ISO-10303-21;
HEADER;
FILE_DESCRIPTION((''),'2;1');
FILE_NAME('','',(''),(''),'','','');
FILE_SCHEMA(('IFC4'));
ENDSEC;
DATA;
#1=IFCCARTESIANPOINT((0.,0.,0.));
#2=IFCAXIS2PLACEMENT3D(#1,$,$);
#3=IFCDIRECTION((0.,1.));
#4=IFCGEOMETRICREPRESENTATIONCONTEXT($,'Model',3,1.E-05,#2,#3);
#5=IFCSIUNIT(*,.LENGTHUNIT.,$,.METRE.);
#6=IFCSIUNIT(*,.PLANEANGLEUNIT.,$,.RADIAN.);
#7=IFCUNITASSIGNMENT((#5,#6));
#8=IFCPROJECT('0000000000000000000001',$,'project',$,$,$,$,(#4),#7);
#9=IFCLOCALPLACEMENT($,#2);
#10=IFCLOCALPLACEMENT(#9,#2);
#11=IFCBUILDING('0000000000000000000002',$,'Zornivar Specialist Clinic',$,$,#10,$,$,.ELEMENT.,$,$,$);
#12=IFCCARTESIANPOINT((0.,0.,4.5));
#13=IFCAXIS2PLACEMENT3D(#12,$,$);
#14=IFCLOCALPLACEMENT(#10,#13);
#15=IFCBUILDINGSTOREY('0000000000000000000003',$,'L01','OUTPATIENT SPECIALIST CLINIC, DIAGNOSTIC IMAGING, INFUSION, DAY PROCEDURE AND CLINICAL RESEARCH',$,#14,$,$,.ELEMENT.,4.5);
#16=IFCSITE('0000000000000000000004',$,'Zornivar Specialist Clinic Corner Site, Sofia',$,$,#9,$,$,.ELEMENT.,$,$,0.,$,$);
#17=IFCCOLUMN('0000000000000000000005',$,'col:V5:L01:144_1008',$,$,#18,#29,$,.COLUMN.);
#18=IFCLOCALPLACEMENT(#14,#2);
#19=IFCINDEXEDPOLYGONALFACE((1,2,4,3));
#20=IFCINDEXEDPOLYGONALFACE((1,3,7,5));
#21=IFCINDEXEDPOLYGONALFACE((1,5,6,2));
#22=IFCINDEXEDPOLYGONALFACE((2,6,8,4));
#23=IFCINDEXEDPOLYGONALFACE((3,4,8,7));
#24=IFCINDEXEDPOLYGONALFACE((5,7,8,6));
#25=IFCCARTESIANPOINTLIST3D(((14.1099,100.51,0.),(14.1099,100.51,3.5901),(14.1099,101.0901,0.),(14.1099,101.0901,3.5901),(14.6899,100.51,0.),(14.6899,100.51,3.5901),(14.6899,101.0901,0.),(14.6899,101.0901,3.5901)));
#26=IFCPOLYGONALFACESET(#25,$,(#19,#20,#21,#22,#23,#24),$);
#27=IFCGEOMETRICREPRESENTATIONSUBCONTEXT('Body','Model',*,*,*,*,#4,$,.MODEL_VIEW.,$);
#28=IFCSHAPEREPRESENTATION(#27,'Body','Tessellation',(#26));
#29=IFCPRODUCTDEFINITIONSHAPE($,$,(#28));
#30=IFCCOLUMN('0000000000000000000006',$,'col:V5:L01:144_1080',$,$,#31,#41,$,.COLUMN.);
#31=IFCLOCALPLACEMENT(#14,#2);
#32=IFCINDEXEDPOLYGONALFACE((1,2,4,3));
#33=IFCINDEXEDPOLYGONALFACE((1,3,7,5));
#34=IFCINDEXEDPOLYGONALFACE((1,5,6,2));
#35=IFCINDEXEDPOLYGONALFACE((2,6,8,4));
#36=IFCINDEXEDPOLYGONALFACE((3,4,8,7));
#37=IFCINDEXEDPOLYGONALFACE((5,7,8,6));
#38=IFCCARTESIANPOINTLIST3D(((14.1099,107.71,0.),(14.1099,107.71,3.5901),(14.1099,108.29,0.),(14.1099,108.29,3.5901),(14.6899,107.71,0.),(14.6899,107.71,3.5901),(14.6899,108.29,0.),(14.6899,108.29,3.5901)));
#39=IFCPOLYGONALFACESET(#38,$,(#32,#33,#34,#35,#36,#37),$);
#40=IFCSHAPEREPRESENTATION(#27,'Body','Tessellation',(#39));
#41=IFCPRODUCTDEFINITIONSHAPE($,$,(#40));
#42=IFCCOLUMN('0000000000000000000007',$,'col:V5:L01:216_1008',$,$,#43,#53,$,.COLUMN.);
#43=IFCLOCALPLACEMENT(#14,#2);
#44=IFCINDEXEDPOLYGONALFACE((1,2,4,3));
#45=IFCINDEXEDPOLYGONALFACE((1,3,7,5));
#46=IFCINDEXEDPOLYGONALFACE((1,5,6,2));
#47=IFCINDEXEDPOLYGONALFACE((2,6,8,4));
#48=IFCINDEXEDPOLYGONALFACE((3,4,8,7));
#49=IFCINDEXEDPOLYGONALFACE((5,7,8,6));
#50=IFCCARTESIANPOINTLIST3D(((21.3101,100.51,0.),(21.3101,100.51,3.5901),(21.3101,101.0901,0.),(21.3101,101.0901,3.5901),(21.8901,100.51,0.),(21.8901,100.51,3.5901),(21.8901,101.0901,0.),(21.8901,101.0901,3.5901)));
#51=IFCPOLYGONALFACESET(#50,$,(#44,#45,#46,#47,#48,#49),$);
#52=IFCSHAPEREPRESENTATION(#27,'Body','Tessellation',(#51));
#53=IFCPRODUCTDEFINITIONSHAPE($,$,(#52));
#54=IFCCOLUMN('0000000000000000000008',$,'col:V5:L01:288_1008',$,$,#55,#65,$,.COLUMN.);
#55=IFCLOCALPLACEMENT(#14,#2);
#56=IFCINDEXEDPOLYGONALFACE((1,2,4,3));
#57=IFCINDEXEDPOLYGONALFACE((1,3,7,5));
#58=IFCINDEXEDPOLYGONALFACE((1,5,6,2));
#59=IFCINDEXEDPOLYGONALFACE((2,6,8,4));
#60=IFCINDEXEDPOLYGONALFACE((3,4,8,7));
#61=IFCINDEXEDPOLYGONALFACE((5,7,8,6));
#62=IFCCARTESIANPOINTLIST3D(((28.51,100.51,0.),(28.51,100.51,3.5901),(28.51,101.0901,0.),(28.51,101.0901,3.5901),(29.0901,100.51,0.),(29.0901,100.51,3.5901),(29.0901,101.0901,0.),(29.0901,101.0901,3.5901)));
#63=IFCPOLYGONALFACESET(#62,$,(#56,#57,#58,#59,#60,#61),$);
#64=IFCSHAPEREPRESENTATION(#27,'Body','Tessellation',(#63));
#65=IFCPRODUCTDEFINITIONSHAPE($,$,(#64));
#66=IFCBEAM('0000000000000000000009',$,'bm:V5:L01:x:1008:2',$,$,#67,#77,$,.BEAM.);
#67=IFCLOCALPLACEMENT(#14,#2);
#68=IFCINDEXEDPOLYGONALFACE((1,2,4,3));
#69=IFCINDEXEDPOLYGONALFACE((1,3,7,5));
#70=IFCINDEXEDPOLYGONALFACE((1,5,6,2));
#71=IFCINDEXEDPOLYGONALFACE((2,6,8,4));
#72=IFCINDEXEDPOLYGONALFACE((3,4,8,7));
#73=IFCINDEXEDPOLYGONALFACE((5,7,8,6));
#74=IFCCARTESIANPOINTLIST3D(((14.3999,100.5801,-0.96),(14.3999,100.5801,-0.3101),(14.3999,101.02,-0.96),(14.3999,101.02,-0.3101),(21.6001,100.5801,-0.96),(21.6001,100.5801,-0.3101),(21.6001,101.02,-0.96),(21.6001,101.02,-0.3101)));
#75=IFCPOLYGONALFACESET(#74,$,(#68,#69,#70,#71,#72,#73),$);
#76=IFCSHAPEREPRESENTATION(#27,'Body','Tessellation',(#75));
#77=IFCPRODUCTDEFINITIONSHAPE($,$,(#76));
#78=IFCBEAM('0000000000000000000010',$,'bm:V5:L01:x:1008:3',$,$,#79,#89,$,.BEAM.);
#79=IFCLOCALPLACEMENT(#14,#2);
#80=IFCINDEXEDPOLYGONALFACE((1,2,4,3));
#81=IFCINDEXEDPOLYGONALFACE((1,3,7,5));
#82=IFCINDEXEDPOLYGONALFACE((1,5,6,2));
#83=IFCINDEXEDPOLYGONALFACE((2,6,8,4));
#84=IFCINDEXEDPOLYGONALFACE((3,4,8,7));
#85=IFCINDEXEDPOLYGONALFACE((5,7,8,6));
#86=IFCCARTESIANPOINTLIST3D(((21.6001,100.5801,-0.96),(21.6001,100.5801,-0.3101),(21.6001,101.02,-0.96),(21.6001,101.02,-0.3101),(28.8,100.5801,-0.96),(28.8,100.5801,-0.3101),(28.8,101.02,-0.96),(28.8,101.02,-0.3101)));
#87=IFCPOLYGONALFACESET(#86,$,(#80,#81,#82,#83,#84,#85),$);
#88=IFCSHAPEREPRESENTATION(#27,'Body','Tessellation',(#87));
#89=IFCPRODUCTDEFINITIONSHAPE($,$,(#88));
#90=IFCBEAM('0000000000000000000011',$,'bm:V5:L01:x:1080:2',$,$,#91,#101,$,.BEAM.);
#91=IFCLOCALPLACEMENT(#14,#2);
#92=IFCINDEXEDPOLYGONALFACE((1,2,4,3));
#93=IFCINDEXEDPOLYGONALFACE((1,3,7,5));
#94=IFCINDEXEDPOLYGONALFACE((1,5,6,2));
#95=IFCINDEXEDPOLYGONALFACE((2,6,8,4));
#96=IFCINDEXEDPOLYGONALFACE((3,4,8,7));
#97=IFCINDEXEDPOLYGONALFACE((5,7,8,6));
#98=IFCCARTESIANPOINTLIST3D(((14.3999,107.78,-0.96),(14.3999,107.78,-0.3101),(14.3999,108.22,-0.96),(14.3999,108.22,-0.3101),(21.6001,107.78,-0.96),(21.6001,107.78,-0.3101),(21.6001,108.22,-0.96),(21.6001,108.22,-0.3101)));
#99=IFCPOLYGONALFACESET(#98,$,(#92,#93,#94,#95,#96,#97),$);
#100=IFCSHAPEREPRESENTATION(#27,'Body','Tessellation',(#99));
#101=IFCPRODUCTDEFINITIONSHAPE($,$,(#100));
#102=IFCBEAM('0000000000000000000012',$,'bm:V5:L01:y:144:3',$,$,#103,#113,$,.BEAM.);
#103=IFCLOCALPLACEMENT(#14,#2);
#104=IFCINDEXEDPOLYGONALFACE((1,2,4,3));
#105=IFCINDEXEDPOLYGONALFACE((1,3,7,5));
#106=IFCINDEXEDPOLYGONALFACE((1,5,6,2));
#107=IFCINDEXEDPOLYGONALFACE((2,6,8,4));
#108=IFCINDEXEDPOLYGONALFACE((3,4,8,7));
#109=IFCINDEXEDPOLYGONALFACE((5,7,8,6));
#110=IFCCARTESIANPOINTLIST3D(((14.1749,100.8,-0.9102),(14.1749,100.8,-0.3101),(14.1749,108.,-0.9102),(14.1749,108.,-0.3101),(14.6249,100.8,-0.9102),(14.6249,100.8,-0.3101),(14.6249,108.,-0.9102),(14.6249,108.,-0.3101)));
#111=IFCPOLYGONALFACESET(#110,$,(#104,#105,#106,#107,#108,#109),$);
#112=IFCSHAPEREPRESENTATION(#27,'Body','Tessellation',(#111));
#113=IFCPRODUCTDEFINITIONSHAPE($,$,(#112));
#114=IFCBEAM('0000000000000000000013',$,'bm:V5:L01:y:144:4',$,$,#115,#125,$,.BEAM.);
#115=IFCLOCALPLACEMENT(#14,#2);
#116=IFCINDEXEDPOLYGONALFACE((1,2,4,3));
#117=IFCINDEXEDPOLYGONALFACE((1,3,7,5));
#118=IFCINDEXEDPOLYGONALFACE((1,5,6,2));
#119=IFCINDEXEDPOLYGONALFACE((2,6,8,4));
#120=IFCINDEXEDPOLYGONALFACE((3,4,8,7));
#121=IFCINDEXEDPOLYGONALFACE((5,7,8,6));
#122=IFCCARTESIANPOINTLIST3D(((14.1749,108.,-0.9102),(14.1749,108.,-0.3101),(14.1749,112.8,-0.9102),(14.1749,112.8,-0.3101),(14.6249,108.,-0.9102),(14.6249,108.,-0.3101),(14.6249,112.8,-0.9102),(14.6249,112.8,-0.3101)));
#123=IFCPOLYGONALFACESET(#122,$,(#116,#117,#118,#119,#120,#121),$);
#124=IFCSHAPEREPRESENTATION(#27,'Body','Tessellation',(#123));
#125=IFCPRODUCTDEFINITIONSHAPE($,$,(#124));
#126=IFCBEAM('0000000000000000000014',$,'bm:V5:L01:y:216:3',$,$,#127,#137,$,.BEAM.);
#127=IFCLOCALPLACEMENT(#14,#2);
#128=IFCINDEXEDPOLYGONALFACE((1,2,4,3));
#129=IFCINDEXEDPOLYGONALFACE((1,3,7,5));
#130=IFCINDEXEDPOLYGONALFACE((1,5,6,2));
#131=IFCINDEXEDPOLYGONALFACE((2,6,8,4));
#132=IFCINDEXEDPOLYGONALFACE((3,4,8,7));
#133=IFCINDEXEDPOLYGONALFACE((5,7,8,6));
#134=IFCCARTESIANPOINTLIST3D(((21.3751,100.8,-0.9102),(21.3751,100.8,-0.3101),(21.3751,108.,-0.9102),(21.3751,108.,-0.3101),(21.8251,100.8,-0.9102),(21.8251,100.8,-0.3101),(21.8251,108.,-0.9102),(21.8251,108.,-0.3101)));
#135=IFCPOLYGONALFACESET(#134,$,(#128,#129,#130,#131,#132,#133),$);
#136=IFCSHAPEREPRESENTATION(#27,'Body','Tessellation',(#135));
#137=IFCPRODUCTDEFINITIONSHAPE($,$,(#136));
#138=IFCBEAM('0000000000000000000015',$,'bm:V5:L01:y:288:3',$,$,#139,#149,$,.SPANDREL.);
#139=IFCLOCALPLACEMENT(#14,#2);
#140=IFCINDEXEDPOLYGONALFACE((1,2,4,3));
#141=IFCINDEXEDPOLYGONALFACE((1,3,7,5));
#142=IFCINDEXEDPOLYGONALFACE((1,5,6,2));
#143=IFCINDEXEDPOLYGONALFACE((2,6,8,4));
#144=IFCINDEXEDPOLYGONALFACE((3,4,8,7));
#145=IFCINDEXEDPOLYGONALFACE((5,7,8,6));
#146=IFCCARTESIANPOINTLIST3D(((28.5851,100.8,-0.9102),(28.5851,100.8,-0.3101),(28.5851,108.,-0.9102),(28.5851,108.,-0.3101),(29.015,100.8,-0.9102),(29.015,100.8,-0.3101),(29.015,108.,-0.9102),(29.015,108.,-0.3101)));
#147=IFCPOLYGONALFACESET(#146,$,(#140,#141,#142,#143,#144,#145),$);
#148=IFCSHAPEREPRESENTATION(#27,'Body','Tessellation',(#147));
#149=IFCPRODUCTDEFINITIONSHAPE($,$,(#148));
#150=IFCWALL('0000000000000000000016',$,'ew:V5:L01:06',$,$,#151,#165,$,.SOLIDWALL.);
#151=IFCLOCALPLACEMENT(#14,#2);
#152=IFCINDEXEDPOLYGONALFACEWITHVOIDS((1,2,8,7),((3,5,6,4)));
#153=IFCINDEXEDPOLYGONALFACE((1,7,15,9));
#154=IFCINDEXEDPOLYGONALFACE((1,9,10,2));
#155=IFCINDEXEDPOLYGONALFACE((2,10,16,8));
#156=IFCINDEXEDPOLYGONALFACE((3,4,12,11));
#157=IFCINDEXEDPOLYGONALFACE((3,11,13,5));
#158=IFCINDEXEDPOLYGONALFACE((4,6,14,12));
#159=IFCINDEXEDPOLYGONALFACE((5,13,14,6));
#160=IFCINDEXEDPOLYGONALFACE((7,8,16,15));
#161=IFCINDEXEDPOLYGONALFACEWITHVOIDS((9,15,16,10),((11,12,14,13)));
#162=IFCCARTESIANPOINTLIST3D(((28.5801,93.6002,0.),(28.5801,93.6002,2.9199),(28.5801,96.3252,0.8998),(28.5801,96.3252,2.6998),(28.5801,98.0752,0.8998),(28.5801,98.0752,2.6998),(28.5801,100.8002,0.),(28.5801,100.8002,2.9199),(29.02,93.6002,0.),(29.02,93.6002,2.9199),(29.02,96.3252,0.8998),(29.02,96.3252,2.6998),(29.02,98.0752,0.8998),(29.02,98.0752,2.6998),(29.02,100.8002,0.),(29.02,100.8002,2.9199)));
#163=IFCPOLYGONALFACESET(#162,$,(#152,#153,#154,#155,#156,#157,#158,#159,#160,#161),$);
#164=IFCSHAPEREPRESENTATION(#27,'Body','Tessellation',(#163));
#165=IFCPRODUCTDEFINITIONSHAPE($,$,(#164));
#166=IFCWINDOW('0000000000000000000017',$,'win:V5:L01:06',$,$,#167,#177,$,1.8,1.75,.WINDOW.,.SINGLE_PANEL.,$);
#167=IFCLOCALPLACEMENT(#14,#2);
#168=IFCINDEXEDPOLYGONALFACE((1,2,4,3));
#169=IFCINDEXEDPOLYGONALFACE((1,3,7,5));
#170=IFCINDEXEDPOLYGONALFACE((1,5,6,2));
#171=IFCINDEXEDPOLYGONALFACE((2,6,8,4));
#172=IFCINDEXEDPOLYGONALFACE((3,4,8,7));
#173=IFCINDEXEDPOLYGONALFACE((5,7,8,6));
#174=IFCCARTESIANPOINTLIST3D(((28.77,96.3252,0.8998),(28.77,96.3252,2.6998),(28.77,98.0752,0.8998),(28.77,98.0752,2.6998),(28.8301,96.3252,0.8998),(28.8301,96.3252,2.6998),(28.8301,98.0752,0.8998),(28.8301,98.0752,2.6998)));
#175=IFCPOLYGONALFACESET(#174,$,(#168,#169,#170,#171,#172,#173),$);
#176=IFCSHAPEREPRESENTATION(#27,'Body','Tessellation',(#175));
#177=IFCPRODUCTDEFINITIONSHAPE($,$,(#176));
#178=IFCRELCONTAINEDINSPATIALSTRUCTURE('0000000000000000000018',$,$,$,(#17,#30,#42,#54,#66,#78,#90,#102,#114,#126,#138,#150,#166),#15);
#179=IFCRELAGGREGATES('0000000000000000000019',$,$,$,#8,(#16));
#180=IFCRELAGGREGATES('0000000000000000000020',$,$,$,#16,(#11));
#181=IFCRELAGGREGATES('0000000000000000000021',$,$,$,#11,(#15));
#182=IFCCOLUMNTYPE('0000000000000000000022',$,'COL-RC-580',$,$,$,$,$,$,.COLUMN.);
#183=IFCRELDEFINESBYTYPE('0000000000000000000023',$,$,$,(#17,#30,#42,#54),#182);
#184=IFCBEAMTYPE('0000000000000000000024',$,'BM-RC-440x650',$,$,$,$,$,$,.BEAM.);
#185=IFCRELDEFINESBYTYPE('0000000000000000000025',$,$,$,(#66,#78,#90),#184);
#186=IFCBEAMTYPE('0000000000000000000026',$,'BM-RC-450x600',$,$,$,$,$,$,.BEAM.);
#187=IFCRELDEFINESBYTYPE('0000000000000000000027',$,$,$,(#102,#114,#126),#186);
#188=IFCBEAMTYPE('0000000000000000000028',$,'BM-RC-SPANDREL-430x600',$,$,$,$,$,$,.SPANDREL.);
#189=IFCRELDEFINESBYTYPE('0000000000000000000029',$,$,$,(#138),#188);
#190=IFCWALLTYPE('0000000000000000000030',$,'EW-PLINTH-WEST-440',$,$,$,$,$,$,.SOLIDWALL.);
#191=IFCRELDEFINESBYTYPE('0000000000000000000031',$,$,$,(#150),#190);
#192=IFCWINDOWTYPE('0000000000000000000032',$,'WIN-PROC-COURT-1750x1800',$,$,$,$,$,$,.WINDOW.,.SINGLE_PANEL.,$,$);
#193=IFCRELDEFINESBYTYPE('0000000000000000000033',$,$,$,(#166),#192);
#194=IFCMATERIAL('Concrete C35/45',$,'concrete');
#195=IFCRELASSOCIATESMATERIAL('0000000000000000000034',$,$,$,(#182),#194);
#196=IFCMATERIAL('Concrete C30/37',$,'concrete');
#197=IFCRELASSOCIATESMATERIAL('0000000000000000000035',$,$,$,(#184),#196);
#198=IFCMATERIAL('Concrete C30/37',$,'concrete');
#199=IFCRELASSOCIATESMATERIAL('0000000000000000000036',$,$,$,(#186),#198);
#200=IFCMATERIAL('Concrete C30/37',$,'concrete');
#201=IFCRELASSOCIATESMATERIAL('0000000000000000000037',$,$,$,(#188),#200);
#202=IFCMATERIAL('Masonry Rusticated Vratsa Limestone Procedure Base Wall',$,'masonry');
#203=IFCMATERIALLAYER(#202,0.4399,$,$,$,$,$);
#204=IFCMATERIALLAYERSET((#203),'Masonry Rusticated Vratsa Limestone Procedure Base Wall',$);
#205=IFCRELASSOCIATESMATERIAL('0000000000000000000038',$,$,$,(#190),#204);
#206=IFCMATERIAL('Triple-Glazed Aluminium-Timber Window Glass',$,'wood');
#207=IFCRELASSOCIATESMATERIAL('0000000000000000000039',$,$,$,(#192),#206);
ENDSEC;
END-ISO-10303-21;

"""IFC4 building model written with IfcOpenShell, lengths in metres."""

from ifc_helpers import new_model, si_unit, direction, frame, frame_2d, origin, origin_2d, place, context, subcontext, project, spatial, rectangle, extrude, material, layer, layer_set, material_profile, profile_set, type_object, element, fill, save


model = new_model("IFC4")

# Units and contexts
model_context = context("Model", 3, precision=1e-05, world=origin(), true_north=direction((0.0, 1.0)))
body_context = subcontext(model_context, "Body", "Model", "MODEL_VIEW")
ifc_project = project(units=[si_unit("LENGTHUNIT", "METRE"), si_unit("PLANEANGLEUNIT", "RADIAN")], contexts=[model_context])

# Site, building, storey
site_placement = place(None, origin())
site = spatial("IfcSite", under=ifc_project, at=site_placement, Name="Zornivar Specialist Clinic Corner Site, Sofia", CompositionType="ELEMENT", RefElevation=0.0)
building_placement = place(site_placement, origin())
building = spatial("IfcBuilding", under=site, at=building_placement, Name="Zornivar Specialist Clinic", CompositionType="ELEMENT")
storey_placement = place(building_placement, frame((0.0, 0.0, 4.5)))
storey = spatial("IfcBuildingStorey", under=building, at=storey_placement, Name="L01", Description="OUTPATIENT SPECIALIST CLINIC, DIAGNOSTIC IMAGING, INFUSION, DAY PROCEDURE AND CLINICAL RESEARCH", CompositionType="ELEMENT", Elevation=4.5)

# Columns
ifc_material_1 = material(Name="Concrete C35/45", Category="concrete")
ifc_material_profile_1 = material_profile(ifc_material_1, rectangle(XDim=0.5801, YDim=0.5801, at=origin_2d()), Name="RC 580x580")
ifc_profile_set_1 = profile_set([ifc_material_profile_1], Name="Concrete C35/45")
column_type = type_object("IfcColumnType", Name="COL-RC-580", PredefinedType="COLUMN", material=ifc_profile_set_1)
for number, where, z_axis, x_axis, name in (
    (1, (14.3999, 100.8, 0.0), (0.0, 0.0, 1.0), (1.0, 0.0, 0.0), "col:V5:L01:144_1008"),
    (2, (14.3999, 108.0, 0.0), (0.0, 0.0, 1.0), (1.0, 0.0, 0.0), "col:V5:L01:144_1080"),
    (3, (21.6001, 100.8, 0.0), (0.0, 0.0, 1.0), (1.0, 0.0, 0.0), "col:V5:L01:216_1008"),
    (4, (28.8, 100.8, 0.0), (0.0, 0.0, 1.0), (1.0, 0.0, 0.0), "col:V5:L01:288_1008"),
):
    element("IfcColumn", number, at=place(storey_placement, frame(where, z_axis=z_axis, x_axis=x_axis)), inside=storey, type_object=column_type, Name=name, PredefinedType="COLUMN", context=body_context, shape_type="SweptSolid", body=[
        extrude(rectangle(XDim=0.5801, YDim=0.5801, at=origin_2d()), origin(), (0.0, 0.0, 1.0), 3.5901),
    ])

# Beams
ifc_material_2 = material(Name="Concrete C30/37", Category="concrete")
ifc_material_profile_2 = material_profile(ifc_material_2, rectangle(XDim=0.4399, YDim=0.6499, at=origin_2d()), Name="RC 440x650")
ifc_profile_set_2 = profile_set([ifc_material_profile_2], Name="Concrete C30/37")
beam_type_1 = type_object("IfcBeamType", Name="BM-RC-440x650", PredefinedType="BEAM", material=ifc_profile_set_2)
beam_1_placement = place(storey_placement, frame((14.3999, 100.8, -0.635), z_axis=(1.0, 0.0, 0.0), x_axis=(0.0, 1.0, 0.0)))
element("IfcBeam", 5, at=beam_1_placement, inside=storey, type_object=beam_type_1, Name="bm:V5:L01:x:1008:2", PredefinedType="BEAM", context=body_context, shape_type="SweptSolid", body=[
    extrude(rectangle(XDim=0.4399, YDim=0.6499, at=origin_2d()), origin(), (0.0, 0.0, 1.0), 7.2002),
])
beam_2_placement = place(storey_placement, frame((21.6001, 100.8, -0.635), z_axis=(1.0, 0.0, 0.0), x_axis=(0.0, 1.0, 0.0)))
element("IfcBeam", 6, at=beam_2_placement, inside=storey, type_object=beam_type_1, Name="bm:V5:L01:x:1008:3", PredefinedType="BEAM", context=body_context, shape_type="SweptSolid", body=[
    extrude(rectangle(XDim=0.4399, YDim=0.6499, at=origin_2d()), origin(), (0.0, 0.0, 1.0), 7.2),
])
beam_3_placement = place(storey_placement, frame((14.3999, 108.0, -0.635), z_axis=(1.0, 0.0, 0.0), x_axis=(0.0, 1.0, 0.0)))
element("IfcBeam", 7, at=beam_3_placement, inside=storey, type_object=beam_type_1, Name="bm:V5:L01:x:1080:2", PredefinedType="BEAM", context=body_context, shape_type="SweptSolid", body=[
    extrude(rectangle(XDim=0.4399, YDim=0.6499, at=origin_2d()), origin(), (0.0, 0.0, 1.0), 7.2002),
])
ifc_material_3 = material(Name="Concrete C30/37", Category="concrete")
ifc_material_profile_3 = material_profile(ifc_material_3, rectangle(XDim=0.45, YDim=0.6001, at=origin_2d()), Name="RC 450x600")
ifc_profile_set_3 = profile_set([ifc_material_profile_3], Name="Concrete C30/37")
beam_type_2 = type_object("IfcBeamType", Name="BM-RC-450x600", PredefinedType="BEAM", material=ifc_profile_set_3)
beam_4_placement = place(storey_placement, frame((14.3999, 100.8, -0.6101), z_axis=(0.0, 1.0, 0.0), x_axis=(-1.0, 0.0, 0.0)))
element("IfcBeam", 8, at=beam_4_placement, inside=storey, type_object=beam_type_2, Name="bm:V5:L01:y:144:3", PredefinedType="BEAM", context=body_context, shape_type="SweptSolid", body=[
    extrude(rectangle(XDim=0.45, YDim=0.6001, at=origin_2d()), origin(), (0.0, 0.0, 1.0), 7.2),
])
beam_5_placement = place(storey_placement, frame((14.3999, 108.0, -0.6101), z_axis=(0.0, 1.0, 0.0), x_axis=(-1.0, 0.0, 0.0)))
element("IfcBeam", 9, at=beam_5_placement, inside=storey, type_object=beam_type_2, Name="bm:V5:L01:y:144:4", PredefinedType="BEAM", context=body_context, shape_type="SweptSolid", body=[
    extrude(rectangle(XDim=0.45, YDim=0.6001, at=origin_2d()), origin(), (0.0, 0.0, 1.0), 4.8),
])
beam_6_placement = place(storey_placement, frame((21.6001, 100.8, -0.6101), z_axis=(0.0, 1.0, 0.0), x_axis=(-1.0, 0.0, 0.0)))
element("IfcBeam", 10, at=beam_6_placement, inside=storey, type_object=beam_type_2, Name="bm:V5:L01:y:216:3", PredefinedType="BEAM", context=body_context, shape_type="SweptSolid", body=[
    extrude(rectangle(XDim=0.45, YDim=0.6001, at=origin_2d()), origin(), (0.0, 0.0, 1.0), 7.2),
])
ifc_material_4 = material(Name="Concrete C30/37", Category="concrete")
ifc_material_profile_4 = material_profile(ifc_material_4, rectangle(XDim=0.4299, YDim=0.6001, at=origin_2d()), Name="RC 430x600")
ifc_profile_set_4 = profile_set([ifc_material_profile_4], Name="Concrete C30/37")
beam_type_3 = type_object("IfcBeamType", Name="BM-RC-SPANDREL-430x600", PredefinedType="SPANDREL", material=ifc_profile_set_4)
beam_7_placement = place(storey_placement, frame((28.8, 100.8, -0.6101), z_axis=(0.0, 1.0, 0.0), x_axis=(-1.0, 0.0, 0.0)))
element("IfcBeam", 11, at=beam_7_placement, inside=storey, type_object=beam_type_3, Name="bm:V5:L01:y:288:3", PredefinedType="SPANDREL", context=body_context, shape_type="SweptSolid", body=[
    extrude(rectangle(XDim=0.4299, YDim=0.6001, at=origin_2d()), origin(), (0.0, 0.0, 1.0), 7.2),
])

# Wall, opening, window
ifc_material_5 = material(Name="Masonry Rusticated Vratsa Limestone Procedure Base Wall", Category="masonry")
ifc_layer_1 = layer(ifc_material_5, 0.4399)
ifc_layer_set_1 = layer_set([ifc_layer_1], Name="Masonry Rusticated Vratsa Limestone Procedure Base Wall")
wall_type_1 = type_object("IfcWallType", Name="EW-PLINTH-WEST-440", PredefinedType="SOLIDWALL", material=ifc_layer_set_1)
wall_1_placement = place(storey_placement, frame((28.8, 93.6001, 0.0), z_axis=(0.0, 0.0, 1.0), x_axis=(0.0, 1.0, 0.0)))
wall_1 = element("IfcWall", 12, at=wall_1_placement, inside=storey, type_object=wall_type_1, Name="ew:V5:L01:06", PredefinedType="SOLIDWALL", context=body_context, shape_type="SweptSolid", body=[
    extrude(rectangle(XDim=7.2, YDim=0.4399, at=frame_2d((3.6001, 0.0))), origin(), (0.0, 0.0, 1.0), 2.9199),
])
opening_1_placement = place(wall_1_placement, frame((2.7251, 0.0, 0.8999)))
opening_1 = element("IfcOpeningElement", 13, at=opening_1_placement, cuts=wall_1, PredefinedType="OPENING", context=body_context, shape_type="SweptSolid", body=[
    extrude(rectangle(XDim=1.75, YDim=1.8, at=frame_2d((0.875, 0.8999))), frame((0.0, 0.23, 0.0), z_axis=(0.0, -1.0, 0.0), x_axis=(1.0, 0.0, 0.0)), (0.0, 0.0, 1.0), 0.46),
])
ifc_material_6 = material(Name="Triple-Glazed Aluminium-Timber Window Glass", Category="wood")
window_type = type_object("IfcWindowType", Name="WIN-PROC-COURT-1750x1800", PartitioningType="SINGLE_PANEL", PredefinedType="WINDOW", material=ifc_material_6)
window_1_placement = place(opening_1_placement, origin())
window_1 = element("IfcWindow", 14, at=window_1_placement, inside=storey, type_object=window_type, Name="win:V5:L01:06", OverallHeight=1.8, OverallWidth=1.75, PartitioningType="SINGLE_PANEL", PredefinedType="WINDOW", context=body_context, shape_type="SweptSolid", body=[
    extrude(rectangle(XDim=1.75, YDim=1.8, at=frame_2d((0.875, 0.8999))), frame((0.0, 0.03, 0.0), z_axis=(0.0, -1.0, 0.0), x_axis=(1.0, 0.0, 0.0)), (0.0, 0.0, 1.0), 0.0601),
])
fill(opening_1, window_1)

save(model, "model.ifc")
